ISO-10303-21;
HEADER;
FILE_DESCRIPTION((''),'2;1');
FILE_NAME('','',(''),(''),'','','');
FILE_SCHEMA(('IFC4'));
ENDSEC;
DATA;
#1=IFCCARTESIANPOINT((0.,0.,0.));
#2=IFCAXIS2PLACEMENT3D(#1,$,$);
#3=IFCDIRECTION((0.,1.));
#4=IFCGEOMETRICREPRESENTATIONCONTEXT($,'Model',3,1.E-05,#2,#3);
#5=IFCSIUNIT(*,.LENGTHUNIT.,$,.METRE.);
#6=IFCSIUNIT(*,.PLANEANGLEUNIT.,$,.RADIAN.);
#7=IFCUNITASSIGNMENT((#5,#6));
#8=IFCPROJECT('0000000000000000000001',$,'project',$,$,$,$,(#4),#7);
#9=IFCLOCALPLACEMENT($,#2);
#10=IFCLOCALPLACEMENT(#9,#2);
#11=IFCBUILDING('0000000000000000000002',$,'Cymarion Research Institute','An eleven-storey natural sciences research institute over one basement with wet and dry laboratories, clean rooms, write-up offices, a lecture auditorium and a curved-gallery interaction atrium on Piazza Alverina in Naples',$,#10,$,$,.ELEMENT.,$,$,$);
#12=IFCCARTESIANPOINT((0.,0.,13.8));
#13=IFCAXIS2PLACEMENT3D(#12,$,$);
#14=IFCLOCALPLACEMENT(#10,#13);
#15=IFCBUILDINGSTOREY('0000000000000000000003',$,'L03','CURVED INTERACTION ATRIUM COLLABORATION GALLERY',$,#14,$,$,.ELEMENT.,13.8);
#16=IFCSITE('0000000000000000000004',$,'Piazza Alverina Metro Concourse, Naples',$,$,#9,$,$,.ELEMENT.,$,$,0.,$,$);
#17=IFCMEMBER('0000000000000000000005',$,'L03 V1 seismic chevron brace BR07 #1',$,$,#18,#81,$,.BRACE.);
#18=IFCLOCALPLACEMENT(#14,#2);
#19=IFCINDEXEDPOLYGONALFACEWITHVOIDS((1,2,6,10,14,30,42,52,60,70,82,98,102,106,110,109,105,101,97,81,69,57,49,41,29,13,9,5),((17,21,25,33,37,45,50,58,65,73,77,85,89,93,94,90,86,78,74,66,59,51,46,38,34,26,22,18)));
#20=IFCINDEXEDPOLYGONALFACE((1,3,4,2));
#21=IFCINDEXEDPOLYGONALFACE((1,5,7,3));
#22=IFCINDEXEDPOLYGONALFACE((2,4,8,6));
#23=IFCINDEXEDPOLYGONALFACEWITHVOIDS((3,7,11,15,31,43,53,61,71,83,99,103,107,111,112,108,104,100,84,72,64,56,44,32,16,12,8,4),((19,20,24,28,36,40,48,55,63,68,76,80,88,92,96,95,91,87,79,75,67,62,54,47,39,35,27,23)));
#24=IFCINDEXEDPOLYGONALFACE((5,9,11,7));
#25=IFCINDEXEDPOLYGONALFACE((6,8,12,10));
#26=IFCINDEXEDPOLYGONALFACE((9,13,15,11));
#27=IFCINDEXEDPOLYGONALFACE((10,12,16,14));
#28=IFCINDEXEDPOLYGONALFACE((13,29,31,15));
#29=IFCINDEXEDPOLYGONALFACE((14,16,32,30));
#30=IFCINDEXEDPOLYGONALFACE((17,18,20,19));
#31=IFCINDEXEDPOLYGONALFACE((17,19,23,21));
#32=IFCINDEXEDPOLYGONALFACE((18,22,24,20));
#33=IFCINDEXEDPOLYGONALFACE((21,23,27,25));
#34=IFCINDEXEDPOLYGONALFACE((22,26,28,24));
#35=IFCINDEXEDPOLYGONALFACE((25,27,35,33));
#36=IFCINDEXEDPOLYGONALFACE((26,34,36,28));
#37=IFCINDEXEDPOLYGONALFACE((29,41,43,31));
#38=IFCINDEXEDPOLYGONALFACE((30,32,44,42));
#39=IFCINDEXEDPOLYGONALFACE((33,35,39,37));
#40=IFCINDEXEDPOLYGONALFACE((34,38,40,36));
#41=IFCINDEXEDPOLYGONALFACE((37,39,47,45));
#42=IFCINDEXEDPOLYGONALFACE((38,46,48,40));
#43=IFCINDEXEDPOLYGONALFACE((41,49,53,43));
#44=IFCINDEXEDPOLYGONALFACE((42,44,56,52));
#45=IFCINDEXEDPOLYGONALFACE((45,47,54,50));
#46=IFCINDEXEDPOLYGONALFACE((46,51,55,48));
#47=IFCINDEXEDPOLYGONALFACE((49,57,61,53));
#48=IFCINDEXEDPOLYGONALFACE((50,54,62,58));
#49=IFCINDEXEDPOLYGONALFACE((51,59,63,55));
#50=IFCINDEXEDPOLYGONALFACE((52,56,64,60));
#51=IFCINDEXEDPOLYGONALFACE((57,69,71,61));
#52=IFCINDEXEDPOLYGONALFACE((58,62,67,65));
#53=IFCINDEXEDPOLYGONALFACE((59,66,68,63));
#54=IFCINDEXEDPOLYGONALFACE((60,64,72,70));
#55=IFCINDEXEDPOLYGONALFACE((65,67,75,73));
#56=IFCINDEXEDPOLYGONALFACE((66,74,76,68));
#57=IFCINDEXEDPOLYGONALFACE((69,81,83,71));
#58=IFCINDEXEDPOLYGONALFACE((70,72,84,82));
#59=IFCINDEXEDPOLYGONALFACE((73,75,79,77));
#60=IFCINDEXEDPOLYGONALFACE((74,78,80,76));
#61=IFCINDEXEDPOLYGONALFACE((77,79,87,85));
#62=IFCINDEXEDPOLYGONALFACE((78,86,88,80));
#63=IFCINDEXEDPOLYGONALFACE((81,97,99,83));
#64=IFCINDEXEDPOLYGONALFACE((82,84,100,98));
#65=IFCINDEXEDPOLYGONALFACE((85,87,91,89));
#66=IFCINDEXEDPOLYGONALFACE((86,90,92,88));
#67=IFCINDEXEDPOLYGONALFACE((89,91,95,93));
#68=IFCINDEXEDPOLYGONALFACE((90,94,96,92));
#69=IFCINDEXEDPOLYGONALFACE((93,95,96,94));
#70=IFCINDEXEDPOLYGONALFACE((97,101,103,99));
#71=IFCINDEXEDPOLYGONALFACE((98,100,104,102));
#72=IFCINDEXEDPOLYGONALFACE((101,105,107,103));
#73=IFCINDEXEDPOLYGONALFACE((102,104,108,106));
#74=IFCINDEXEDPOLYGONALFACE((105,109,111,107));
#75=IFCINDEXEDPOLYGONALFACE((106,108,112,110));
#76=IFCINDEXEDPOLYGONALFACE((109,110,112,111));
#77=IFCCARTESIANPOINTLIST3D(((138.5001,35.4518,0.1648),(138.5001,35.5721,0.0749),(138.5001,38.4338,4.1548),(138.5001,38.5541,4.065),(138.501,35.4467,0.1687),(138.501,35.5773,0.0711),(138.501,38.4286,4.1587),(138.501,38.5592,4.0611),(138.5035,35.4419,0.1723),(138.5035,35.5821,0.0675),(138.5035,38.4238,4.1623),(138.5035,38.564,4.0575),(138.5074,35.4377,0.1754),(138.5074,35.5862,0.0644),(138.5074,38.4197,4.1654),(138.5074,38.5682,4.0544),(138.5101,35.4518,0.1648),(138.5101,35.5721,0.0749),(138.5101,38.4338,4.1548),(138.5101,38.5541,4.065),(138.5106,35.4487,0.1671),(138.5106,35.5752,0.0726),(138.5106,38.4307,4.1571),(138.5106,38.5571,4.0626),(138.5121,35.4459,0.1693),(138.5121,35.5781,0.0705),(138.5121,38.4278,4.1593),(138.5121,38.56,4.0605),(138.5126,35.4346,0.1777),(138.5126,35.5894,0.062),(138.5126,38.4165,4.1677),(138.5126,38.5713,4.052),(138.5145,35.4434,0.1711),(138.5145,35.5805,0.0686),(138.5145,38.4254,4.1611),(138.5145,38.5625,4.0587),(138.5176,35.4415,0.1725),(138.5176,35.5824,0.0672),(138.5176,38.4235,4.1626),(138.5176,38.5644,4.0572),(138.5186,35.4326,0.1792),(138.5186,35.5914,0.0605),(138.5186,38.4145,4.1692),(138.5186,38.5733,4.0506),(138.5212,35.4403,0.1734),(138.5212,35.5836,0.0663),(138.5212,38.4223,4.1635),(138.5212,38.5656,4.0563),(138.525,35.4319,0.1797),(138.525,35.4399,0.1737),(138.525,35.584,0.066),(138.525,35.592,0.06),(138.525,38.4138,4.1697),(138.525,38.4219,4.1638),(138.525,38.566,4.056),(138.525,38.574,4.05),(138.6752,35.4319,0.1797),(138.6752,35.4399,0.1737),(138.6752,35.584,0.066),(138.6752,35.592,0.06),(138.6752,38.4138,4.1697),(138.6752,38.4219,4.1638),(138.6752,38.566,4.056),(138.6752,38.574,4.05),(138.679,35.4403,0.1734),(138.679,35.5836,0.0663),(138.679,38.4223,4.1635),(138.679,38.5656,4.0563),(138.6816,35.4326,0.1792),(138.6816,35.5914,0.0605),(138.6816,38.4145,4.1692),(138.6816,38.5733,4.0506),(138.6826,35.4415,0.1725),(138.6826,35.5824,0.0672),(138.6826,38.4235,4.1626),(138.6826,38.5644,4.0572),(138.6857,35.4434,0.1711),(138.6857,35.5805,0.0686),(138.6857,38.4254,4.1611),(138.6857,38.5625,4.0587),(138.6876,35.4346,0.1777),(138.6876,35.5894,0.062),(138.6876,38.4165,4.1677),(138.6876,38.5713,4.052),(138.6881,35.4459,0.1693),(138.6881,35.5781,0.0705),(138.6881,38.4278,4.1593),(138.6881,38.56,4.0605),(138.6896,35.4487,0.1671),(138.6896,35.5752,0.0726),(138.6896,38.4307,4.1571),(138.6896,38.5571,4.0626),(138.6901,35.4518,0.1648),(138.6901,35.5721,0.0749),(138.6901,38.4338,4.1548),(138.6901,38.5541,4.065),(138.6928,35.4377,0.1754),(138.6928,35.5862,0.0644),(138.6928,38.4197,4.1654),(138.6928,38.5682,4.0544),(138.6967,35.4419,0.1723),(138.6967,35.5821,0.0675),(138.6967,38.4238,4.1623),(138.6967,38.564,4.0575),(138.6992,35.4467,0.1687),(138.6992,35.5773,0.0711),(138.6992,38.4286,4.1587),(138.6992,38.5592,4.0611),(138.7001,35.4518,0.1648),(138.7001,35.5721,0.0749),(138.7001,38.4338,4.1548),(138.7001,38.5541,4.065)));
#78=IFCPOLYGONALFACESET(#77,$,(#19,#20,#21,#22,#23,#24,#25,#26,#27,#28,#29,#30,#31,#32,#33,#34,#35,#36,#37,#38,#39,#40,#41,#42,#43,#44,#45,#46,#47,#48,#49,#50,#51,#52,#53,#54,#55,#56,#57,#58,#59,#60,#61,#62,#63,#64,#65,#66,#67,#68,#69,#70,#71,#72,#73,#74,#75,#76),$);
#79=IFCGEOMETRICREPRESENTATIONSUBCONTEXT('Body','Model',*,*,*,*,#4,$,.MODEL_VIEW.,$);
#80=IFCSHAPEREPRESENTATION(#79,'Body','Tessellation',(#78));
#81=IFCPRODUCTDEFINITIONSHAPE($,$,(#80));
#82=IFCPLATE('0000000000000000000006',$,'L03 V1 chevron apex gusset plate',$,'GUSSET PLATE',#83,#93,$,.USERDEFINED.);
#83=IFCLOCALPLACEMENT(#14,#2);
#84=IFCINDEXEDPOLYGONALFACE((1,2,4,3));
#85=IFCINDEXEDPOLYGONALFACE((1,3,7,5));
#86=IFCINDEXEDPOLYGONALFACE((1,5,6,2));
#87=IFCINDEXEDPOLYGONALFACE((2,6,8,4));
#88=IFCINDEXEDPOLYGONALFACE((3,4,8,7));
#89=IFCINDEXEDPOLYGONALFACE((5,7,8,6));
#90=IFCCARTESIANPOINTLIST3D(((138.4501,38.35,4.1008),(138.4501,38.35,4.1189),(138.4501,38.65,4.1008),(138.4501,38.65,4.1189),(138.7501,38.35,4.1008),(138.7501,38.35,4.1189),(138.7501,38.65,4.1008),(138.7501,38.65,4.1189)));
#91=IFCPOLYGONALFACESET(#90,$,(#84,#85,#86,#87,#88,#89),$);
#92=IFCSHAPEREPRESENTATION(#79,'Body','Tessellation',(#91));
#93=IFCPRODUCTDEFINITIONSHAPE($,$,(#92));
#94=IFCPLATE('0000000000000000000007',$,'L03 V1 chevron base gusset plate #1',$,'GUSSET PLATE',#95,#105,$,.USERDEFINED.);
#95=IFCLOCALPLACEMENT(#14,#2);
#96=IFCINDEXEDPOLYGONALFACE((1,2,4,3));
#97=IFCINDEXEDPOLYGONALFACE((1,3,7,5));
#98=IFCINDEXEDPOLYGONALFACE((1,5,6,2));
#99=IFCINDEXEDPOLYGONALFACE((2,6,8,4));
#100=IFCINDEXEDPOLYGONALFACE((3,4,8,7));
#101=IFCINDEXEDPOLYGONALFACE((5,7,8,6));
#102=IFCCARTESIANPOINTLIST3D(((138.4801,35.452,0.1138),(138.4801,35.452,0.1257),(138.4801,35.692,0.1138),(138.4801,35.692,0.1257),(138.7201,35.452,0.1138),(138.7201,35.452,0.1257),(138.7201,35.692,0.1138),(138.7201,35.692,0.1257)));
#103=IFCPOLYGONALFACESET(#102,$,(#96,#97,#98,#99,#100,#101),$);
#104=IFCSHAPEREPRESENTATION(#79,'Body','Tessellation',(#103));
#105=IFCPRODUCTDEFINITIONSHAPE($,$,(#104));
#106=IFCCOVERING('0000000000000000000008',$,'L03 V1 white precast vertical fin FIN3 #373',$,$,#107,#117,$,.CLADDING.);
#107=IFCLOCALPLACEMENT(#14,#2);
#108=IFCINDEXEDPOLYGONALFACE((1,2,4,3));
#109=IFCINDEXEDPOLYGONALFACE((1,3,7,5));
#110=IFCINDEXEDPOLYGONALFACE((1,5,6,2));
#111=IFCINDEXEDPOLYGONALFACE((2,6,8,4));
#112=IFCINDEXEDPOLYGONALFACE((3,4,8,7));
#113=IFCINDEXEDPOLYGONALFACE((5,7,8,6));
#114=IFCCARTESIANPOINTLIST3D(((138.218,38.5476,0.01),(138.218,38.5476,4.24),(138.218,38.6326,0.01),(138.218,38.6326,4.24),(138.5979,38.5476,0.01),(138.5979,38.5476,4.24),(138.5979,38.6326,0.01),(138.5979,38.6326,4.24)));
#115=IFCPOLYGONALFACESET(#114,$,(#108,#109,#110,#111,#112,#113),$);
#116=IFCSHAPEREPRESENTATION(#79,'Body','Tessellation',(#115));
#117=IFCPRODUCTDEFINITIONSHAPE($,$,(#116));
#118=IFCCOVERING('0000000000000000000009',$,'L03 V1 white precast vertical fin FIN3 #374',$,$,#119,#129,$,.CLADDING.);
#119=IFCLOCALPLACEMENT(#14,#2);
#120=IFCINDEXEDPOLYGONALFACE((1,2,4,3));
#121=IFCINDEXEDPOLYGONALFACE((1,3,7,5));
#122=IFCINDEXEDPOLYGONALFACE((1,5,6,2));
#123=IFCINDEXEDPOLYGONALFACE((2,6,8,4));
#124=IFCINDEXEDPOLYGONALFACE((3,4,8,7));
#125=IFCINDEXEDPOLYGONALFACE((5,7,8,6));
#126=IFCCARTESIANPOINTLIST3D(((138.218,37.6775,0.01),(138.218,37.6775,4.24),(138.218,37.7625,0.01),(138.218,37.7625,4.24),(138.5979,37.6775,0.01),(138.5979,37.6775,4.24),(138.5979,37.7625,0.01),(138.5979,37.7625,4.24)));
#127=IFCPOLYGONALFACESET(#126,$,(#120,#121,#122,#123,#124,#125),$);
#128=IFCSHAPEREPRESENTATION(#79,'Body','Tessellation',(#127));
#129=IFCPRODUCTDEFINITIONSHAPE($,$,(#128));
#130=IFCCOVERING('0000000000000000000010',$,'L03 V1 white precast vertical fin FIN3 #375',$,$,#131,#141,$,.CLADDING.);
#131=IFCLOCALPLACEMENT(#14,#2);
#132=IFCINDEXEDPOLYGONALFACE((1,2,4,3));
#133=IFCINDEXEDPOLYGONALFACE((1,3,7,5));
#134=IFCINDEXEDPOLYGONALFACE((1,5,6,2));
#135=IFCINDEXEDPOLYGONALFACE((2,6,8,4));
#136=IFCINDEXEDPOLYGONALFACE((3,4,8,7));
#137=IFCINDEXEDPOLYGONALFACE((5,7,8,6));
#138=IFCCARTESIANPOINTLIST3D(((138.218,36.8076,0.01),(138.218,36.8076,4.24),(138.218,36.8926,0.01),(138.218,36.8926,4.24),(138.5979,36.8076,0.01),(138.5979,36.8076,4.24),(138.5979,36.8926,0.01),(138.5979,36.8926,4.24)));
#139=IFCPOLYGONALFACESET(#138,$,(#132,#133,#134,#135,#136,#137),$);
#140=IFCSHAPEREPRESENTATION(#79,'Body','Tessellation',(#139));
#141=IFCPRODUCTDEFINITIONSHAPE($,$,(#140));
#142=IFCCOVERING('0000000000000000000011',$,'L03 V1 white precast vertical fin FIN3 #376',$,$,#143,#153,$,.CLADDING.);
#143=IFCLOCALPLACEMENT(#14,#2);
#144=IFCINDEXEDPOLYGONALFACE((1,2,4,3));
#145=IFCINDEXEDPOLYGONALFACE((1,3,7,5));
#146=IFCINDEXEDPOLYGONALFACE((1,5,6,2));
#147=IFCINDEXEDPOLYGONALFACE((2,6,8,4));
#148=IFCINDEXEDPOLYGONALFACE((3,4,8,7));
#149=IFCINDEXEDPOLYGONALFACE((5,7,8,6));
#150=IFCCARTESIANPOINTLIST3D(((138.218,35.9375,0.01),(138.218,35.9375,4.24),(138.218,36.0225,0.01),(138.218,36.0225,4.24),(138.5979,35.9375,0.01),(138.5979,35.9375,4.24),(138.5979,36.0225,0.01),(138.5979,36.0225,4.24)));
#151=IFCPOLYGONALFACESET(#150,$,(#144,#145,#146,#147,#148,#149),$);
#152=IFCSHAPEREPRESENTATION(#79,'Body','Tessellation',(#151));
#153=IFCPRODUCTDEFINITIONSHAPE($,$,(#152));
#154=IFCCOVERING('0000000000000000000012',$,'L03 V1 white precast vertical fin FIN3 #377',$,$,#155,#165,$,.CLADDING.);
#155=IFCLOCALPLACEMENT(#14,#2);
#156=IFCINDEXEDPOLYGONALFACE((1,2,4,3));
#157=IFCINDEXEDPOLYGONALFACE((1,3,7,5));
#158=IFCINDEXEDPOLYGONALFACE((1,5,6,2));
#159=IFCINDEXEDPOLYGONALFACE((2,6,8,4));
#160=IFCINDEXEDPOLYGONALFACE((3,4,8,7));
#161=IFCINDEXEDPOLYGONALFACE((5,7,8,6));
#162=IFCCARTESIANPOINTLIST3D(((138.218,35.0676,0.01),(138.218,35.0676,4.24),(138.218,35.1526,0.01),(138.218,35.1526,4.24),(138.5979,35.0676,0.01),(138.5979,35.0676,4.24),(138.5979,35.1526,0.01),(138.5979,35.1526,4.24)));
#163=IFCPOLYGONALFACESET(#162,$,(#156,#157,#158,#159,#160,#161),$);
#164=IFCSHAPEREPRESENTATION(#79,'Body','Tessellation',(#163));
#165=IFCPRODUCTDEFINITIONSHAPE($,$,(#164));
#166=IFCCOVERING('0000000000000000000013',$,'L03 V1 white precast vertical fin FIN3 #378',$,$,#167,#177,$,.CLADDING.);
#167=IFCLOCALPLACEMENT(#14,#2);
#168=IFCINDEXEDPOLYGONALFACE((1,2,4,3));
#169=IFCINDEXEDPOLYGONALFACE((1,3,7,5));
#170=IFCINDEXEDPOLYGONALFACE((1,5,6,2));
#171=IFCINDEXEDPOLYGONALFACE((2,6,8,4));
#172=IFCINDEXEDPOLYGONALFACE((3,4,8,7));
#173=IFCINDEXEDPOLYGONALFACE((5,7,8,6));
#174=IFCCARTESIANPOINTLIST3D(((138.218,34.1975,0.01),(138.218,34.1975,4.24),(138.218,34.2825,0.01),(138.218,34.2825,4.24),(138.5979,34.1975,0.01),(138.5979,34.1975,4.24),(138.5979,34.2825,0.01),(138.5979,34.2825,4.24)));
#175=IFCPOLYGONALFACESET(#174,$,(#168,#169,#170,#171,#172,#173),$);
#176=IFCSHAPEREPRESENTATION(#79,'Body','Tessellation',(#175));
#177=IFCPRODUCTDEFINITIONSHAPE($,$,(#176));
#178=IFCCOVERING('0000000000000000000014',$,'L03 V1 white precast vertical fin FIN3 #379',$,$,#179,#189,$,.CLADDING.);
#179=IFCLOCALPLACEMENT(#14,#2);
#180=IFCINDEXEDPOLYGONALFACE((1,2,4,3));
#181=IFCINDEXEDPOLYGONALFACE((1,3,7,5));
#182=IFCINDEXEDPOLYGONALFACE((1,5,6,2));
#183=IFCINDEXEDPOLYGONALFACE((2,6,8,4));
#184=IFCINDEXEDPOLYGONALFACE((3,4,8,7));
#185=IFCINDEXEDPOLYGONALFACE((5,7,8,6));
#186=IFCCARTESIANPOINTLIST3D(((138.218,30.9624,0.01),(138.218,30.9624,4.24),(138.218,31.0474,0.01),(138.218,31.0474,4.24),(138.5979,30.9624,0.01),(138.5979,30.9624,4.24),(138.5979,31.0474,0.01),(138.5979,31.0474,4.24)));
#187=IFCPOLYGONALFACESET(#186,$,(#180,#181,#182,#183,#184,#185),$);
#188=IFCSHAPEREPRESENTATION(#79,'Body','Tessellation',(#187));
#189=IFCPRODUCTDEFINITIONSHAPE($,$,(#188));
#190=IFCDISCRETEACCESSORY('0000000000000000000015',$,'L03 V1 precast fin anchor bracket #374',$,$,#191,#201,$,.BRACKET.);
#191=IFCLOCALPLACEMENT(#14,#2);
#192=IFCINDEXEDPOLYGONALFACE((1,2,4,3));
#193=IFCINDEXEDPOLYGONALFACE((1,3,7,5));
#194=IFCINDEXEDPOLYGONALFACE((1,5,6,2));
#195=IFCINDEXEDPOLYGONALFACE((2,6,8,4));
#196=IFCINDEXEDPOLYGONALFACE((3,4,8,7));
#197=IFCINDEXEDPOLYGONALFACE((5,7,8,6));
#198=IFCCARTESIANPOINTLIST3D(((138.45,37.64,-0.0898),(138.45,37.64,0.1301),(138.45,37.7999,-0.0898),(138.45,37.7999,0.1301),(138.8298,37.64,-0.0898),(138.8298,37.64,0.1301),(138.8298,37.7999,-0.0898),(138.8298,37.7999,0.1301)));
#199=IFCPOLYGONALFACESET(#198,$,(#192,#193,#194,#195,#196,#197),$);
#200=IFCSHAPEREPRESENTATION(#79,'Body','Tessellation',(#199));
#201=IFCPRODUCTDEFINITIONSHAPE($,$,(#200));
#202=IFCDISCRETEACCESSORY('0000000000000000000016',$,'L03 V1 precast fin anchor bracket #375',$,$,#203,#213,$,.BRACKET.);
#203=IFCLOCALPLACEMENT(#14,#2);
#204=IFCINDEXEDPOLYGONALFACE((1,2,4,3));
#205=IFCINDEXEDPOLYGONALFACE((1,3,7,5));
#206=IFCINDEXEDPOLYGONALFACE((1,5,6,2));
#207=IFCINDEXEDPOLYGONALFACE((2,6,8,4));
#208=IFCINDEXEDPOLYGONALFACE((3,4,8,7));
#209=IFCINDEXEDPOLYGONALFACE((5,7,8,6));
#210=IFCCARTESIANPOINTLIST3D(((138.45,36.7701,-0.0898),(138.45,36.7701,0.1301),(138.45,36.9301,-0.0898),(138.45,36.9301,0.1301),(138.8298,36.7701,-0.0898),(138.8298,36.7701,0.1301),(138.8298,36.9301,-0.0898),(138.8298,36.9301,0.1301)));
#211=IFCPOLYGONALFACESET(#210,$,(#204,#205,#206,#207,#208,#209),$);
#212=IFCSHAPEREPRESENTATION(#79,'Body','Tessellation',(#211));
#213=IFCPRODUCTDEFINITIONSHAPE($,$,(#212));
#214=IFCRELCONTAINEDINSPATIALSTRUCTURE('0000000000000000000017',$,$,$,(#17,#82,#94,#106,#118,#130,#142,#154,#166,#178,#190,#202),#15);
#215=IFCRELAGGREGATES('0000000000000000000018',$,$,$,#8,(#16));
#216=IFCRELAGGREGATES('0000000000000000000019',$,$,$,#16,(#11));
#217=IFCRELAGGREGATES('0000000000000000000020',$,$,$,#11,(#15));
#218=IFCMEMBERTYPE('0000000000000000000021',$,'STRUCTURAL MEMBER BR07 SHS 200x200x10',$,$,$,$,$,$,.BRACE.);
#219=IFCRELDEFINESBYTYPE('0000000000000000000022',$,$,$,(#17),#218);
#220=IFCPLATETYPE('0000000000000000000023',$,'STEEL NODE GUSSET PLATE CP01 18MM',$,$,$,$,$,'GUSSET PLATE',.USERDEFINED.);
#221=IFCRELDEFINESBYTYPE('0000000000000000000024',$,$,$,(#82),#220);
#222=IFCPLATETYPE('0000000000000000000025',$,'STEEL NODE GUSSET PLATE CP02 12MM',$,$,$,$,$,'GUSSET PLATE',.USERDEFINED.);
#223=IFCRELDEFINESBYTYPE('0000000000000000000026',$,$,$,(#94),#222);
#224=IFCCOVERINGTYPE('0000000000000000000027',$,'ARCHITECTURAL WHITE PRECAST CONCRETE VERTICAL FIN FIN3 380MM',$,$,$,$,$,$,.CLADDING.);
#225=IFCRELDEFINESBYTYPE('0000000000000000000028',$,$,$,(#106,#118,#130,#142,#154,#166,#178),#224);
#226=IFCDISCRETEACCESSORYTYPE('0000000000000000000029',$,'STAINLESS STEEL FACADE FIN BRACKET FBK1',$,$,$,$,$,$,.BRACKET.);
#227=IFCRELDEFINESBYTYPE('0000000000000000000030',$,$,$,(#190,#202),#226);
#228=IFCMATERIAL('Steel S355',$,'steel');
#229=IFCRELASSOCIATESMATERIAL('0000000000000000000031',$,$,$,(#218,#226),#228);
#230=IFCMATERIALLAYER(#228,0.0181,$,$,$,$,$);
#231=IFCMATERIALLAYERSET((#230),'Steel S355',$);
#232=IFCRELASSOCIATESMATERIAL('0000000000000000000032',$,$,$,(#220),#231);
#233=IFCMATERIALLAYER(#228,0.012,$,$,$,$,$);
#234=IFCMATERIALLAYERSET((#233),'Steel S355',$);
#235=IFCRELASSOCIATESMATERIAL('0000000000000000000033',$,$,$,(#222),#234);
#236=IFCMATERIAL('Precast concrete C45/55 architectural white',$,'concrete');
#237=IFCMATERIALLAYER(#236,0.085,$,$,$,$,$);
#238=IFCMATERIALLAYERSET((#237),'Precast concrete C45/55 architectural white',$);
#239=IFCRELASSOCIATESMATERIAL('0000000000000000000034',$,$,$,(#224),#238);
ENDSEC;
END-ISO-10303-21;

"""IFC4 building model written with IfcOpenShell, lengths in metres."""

from ifc_helpers import new_model, si_unit, direction, frame, origin, origin_2d, place, context, subcontext, project, spatial, rectangle, hollow_rectangle, extrude, material, layer, layer_set, material_profile, profile_set, type_object, element, save


model = new_model("IFC4")

# Units and contexts
model_context = context("Model", 3, precision=1e-05, world=origin(), true_north=direction((0.0, 1.0)))
body_context = subcontext(model_context, "Body", "Model", "MODEL_VIEW")
ifc_project = project(units=[si_unit("LENGTHUNIT", "METRE"), si_unit("PLANEANGLEUNIT", "RADIAN")], contexts=[model_context])

# Site, building, storey
site_placement = place(None, origin())
site = spatial("IfcSite", under=ifc_project, at=site_placement, Name="Piazza Alverina Metro Concourse, Naples", CompositionType="ELEMENT", RefElevation=0.0)
building_placement = place(site_placement, origin())
building = spatial("IfcBuilding", under=site, at=building_placement, Name="Cymarion Research Institute", Description="An eleven-storey natural sciences research institute over one basement with wet and dry laboratories, clean rooms, write-up offices, a lecture auditorium and a curved-gallery interaction atrium on Piazza Alverina in Naples", CompositionType="ELEMENT")
storey_placement = place(building_placement, frame((0.0, 0.0, 13.8)))
storey = spatial("IfcBuildingStorey", under=building, at=storey_placement, Name="L03", Description="CURVED INTERACTION ATRIUM COLLABORATION GALLERY", CompositionType="ELEMENT", Elevation=13.8)

# Shared definitions
ifc_material_1 = material(Name="Steel S355", Category="steel")

# Member
ifc_material_profile_1 = material_profile(ifc_material_1, hollow_rectangle(XDim=0.2, YDim=0.2, WallThickness=0.01, InnerFilletRadius=0.0149, OuterFilletRadius=0.0249, at=origin_2d()), Name="SHS 200x200x10")
ifc_profile_set_1 = profile_set([ifc_material_profile_1], Name="Steel S355")
member_type_1 = type_object("IfcMemberType", Name="STRUCTURAL MEMBER BR07 SHS 200x200x10", PredefinedType="BRACE", material=ifc_profile_set_1)
member_1_placement = place(storey_placement, frame((138.6001, 35.512, 0.1199), z_axis=(0.0, 0.598642, 0.801016), x_axis=(-1.0, 0.0, 0.0)))
element("IfcMember", 1, at=member_1_placement, inside=storey, type_object=member_type_1, Name="L03 V1 seismic chevron brace BR07 #1", PredefinedType="BRACE", context=body_context, shape_type="SweptSolid", body=[
    extrude(hollow_rectangle(XDim=0.2, YDim=0.2, WallThickness=0.01, InnerFilletRadius=0.0149, OuterFilletRadius=0.0249, at=origin_2d()), origin(), (0.0, 0.0, 1.0), 4.9812),
])

# Plates
ifc_layer_1 = layer(ifc_material_1, 0.0181)
ifc_layer_set_1 = layer_set([ifc_layer_1], Name="Steel S355")
plate_type_1 = type_object("IfcPlateType", Name="STEEL NODE GUSSET PLATE CP01 18MM", ElementType="GUSSET PLATE", PredefinedType="USERDEFINED", material=ifc_layer_set_1)
plate_1_placement = place(storey_placement, frame((138.6001, 38.5, 4.1008), z_axis=(0.0, 0.0, 1.0), x_axis=(1.0, 0.0, 0.0)))
element("IfcPlate", 2, at=plate_1_placement, inside=storey, type_object=plate_type_1, Name="L03 V1 chevron apex gusset plate", ObjectType="GUSSET PLATE", PredefinedType="USERDEFINED", context=body_context, shape_type="SweptSolid", body=[
    extrude(rectangle(XDim=0.3, YDim=0.3, at=origin_2d()), origin(), (0.0, 0.0, 1.0), 0.0181),
])
ifc_layer_2 = layer(ifc_material_1, 0.012)
ifc_layer_set_2 = layer_set([ifc_layer_2], Name="Steel S355")
plate_type_2 = type_object("IfcPlateType", Name="STEEL NODE GUSSET PLATE CP02 12MM", ElementType="GUSSET PLATE", PredefinedType="USERDEFINED", material=ifc_layer_set_2)
plate_2_placement = place(storey_placement, frame((138.6001, 35.572, 0.1138), z_axis=(0.0, 0.0, 1.0), x_axis=(1.0, 0.0, 0.0)))
element("IfcPlate", 3, at=plate_2_placement, inside=storey, type_object=plate_type_2, Name="L03 V1 chevron base gusset plate #1", ObjectType="GUSSET PLATE", PredefinedType="USERDEFINED", context=body_context, shape_type="SweptSolid", body=[
    extrude(rectangle(XDim=0.24, YDim=0.24, at=origin_2d()), origin(), (0.0, 0.0, 1.0), 0.012),
])

# Coverings
ifc_material_2 = material(Name="Precast concrete C45/55 architectural white", Category="concrete")
ifc_layer_3 = layer(ifc_material_2, 0.085)
ifc_layer_set_3 = layer_set([ifc_layer_3], Name="Precast concrete C45/55 architectural white")
covering_type = type_object("IfcCoveringType", Name="ARCHITECTURAL WHITE PRECAST CONCRETE VERTICAL FIN FIN3 380MM", PredefinedType="CLADDING", material=ifc_layer_set_3)
for number, where, z_axis, x_axis, name in (
    (4, (138.408, 38.5901, 0.01), (0.0, 0.0, 1.0), (-1.0, 0.0, 0.0), "L03 V1 white precast vertical fin FIN3 #373"),
    (5, (138.408, 37.72, 0.01), (0.0, 0.0, 1.0), (-1.0, 0.0, 0.0), "L03 V1 white precast vertical fin FIN3 #374"),
    (6, (138.408, 36.8501, 0.01), (0.0, 0.0, 1.0), (-1.0, 0.0, 0.0), "L03 V1 white precast vertical fin FIN3 #375"),
    (7, (138.408, 35.98, 0.01), (0.0, 0.0, 1.0), (-1.0, 0.0, 0.0), "L03 V1 white precast vertical fin FIN3 #376"),
    (8, (138.408, 35.1101, 0.01), (0.0, 0.0, 1.0), (-1.0, 0.0, 0.0), "L03 V1 white precast vertical fin FIN3 #377"),
    (9, (138.408, 34.24, 0.01), (0.0, 0.0, 1.0), (-1.0, 0.0, 0.0), "L03 V1 white precast vertical fin FIN3 #378"),
    (10, (138.408, 31.0049, 0.01), (0.0, 0.0, 1.0), (-1.0, 0.0, 0.0), "L03 V1 white precast vertical fin FIN3 #379"),
):
    element("IfcCovering", number, at=place(storey_placement, frame(where, z_axis=z_axis, x_axis=x_axis)), inside=storey, type_object=covering_type, Name=name, PredefinedType="CLADDING", context=body_context, shape_type="SweptSolid", body=[
        extrude(rectangle(XDim=0.3799, YDim=0.085, at=origin_2d()), origin(), (0.0, 0.0, 1.0), 4.23),
    ])

# Discrete accessories
discrete_accessory_type = type_object("IfcDiscreteAccessoryType", Name="STAINLESS STEEL FACADE FIN BRACKET FBK1", PredefinedType="BRACKET", material=ifc_material_1)
for number, where, z_axis, x_axis, name in (
    (11, (138.6399, 37.72, -0.0898), (0.0, 0.0, 1.0), (-1.0, 0.0, 0.0), "L03 V1 precast fin anchor bracket #374"),
    (12, (138.6399, 36.8501, -0.0898), (0.0, 0.0, 1.0), (-1.0, 0.0, 0.0), "L03 V1 precast fin anchor bracket #375"),
):
    element("IfcDiscreteAccessory", number, at=place(storey_placement, frame(where, z_axis=z_axis, x_axis=x_axis)), inside=storey, type_object=discrete_accessory_type, Name=name, PredefinedType="BRACKET", context=body_context, shape_type="SweptSolid", body=[
        extrude(rectangle(XDim=0.3799, YDim=0.1599, at=origin_2d()), origin(), (0.0, 0.0, 1.0), 0.22),
    ])

save(model, "model.ifc")
